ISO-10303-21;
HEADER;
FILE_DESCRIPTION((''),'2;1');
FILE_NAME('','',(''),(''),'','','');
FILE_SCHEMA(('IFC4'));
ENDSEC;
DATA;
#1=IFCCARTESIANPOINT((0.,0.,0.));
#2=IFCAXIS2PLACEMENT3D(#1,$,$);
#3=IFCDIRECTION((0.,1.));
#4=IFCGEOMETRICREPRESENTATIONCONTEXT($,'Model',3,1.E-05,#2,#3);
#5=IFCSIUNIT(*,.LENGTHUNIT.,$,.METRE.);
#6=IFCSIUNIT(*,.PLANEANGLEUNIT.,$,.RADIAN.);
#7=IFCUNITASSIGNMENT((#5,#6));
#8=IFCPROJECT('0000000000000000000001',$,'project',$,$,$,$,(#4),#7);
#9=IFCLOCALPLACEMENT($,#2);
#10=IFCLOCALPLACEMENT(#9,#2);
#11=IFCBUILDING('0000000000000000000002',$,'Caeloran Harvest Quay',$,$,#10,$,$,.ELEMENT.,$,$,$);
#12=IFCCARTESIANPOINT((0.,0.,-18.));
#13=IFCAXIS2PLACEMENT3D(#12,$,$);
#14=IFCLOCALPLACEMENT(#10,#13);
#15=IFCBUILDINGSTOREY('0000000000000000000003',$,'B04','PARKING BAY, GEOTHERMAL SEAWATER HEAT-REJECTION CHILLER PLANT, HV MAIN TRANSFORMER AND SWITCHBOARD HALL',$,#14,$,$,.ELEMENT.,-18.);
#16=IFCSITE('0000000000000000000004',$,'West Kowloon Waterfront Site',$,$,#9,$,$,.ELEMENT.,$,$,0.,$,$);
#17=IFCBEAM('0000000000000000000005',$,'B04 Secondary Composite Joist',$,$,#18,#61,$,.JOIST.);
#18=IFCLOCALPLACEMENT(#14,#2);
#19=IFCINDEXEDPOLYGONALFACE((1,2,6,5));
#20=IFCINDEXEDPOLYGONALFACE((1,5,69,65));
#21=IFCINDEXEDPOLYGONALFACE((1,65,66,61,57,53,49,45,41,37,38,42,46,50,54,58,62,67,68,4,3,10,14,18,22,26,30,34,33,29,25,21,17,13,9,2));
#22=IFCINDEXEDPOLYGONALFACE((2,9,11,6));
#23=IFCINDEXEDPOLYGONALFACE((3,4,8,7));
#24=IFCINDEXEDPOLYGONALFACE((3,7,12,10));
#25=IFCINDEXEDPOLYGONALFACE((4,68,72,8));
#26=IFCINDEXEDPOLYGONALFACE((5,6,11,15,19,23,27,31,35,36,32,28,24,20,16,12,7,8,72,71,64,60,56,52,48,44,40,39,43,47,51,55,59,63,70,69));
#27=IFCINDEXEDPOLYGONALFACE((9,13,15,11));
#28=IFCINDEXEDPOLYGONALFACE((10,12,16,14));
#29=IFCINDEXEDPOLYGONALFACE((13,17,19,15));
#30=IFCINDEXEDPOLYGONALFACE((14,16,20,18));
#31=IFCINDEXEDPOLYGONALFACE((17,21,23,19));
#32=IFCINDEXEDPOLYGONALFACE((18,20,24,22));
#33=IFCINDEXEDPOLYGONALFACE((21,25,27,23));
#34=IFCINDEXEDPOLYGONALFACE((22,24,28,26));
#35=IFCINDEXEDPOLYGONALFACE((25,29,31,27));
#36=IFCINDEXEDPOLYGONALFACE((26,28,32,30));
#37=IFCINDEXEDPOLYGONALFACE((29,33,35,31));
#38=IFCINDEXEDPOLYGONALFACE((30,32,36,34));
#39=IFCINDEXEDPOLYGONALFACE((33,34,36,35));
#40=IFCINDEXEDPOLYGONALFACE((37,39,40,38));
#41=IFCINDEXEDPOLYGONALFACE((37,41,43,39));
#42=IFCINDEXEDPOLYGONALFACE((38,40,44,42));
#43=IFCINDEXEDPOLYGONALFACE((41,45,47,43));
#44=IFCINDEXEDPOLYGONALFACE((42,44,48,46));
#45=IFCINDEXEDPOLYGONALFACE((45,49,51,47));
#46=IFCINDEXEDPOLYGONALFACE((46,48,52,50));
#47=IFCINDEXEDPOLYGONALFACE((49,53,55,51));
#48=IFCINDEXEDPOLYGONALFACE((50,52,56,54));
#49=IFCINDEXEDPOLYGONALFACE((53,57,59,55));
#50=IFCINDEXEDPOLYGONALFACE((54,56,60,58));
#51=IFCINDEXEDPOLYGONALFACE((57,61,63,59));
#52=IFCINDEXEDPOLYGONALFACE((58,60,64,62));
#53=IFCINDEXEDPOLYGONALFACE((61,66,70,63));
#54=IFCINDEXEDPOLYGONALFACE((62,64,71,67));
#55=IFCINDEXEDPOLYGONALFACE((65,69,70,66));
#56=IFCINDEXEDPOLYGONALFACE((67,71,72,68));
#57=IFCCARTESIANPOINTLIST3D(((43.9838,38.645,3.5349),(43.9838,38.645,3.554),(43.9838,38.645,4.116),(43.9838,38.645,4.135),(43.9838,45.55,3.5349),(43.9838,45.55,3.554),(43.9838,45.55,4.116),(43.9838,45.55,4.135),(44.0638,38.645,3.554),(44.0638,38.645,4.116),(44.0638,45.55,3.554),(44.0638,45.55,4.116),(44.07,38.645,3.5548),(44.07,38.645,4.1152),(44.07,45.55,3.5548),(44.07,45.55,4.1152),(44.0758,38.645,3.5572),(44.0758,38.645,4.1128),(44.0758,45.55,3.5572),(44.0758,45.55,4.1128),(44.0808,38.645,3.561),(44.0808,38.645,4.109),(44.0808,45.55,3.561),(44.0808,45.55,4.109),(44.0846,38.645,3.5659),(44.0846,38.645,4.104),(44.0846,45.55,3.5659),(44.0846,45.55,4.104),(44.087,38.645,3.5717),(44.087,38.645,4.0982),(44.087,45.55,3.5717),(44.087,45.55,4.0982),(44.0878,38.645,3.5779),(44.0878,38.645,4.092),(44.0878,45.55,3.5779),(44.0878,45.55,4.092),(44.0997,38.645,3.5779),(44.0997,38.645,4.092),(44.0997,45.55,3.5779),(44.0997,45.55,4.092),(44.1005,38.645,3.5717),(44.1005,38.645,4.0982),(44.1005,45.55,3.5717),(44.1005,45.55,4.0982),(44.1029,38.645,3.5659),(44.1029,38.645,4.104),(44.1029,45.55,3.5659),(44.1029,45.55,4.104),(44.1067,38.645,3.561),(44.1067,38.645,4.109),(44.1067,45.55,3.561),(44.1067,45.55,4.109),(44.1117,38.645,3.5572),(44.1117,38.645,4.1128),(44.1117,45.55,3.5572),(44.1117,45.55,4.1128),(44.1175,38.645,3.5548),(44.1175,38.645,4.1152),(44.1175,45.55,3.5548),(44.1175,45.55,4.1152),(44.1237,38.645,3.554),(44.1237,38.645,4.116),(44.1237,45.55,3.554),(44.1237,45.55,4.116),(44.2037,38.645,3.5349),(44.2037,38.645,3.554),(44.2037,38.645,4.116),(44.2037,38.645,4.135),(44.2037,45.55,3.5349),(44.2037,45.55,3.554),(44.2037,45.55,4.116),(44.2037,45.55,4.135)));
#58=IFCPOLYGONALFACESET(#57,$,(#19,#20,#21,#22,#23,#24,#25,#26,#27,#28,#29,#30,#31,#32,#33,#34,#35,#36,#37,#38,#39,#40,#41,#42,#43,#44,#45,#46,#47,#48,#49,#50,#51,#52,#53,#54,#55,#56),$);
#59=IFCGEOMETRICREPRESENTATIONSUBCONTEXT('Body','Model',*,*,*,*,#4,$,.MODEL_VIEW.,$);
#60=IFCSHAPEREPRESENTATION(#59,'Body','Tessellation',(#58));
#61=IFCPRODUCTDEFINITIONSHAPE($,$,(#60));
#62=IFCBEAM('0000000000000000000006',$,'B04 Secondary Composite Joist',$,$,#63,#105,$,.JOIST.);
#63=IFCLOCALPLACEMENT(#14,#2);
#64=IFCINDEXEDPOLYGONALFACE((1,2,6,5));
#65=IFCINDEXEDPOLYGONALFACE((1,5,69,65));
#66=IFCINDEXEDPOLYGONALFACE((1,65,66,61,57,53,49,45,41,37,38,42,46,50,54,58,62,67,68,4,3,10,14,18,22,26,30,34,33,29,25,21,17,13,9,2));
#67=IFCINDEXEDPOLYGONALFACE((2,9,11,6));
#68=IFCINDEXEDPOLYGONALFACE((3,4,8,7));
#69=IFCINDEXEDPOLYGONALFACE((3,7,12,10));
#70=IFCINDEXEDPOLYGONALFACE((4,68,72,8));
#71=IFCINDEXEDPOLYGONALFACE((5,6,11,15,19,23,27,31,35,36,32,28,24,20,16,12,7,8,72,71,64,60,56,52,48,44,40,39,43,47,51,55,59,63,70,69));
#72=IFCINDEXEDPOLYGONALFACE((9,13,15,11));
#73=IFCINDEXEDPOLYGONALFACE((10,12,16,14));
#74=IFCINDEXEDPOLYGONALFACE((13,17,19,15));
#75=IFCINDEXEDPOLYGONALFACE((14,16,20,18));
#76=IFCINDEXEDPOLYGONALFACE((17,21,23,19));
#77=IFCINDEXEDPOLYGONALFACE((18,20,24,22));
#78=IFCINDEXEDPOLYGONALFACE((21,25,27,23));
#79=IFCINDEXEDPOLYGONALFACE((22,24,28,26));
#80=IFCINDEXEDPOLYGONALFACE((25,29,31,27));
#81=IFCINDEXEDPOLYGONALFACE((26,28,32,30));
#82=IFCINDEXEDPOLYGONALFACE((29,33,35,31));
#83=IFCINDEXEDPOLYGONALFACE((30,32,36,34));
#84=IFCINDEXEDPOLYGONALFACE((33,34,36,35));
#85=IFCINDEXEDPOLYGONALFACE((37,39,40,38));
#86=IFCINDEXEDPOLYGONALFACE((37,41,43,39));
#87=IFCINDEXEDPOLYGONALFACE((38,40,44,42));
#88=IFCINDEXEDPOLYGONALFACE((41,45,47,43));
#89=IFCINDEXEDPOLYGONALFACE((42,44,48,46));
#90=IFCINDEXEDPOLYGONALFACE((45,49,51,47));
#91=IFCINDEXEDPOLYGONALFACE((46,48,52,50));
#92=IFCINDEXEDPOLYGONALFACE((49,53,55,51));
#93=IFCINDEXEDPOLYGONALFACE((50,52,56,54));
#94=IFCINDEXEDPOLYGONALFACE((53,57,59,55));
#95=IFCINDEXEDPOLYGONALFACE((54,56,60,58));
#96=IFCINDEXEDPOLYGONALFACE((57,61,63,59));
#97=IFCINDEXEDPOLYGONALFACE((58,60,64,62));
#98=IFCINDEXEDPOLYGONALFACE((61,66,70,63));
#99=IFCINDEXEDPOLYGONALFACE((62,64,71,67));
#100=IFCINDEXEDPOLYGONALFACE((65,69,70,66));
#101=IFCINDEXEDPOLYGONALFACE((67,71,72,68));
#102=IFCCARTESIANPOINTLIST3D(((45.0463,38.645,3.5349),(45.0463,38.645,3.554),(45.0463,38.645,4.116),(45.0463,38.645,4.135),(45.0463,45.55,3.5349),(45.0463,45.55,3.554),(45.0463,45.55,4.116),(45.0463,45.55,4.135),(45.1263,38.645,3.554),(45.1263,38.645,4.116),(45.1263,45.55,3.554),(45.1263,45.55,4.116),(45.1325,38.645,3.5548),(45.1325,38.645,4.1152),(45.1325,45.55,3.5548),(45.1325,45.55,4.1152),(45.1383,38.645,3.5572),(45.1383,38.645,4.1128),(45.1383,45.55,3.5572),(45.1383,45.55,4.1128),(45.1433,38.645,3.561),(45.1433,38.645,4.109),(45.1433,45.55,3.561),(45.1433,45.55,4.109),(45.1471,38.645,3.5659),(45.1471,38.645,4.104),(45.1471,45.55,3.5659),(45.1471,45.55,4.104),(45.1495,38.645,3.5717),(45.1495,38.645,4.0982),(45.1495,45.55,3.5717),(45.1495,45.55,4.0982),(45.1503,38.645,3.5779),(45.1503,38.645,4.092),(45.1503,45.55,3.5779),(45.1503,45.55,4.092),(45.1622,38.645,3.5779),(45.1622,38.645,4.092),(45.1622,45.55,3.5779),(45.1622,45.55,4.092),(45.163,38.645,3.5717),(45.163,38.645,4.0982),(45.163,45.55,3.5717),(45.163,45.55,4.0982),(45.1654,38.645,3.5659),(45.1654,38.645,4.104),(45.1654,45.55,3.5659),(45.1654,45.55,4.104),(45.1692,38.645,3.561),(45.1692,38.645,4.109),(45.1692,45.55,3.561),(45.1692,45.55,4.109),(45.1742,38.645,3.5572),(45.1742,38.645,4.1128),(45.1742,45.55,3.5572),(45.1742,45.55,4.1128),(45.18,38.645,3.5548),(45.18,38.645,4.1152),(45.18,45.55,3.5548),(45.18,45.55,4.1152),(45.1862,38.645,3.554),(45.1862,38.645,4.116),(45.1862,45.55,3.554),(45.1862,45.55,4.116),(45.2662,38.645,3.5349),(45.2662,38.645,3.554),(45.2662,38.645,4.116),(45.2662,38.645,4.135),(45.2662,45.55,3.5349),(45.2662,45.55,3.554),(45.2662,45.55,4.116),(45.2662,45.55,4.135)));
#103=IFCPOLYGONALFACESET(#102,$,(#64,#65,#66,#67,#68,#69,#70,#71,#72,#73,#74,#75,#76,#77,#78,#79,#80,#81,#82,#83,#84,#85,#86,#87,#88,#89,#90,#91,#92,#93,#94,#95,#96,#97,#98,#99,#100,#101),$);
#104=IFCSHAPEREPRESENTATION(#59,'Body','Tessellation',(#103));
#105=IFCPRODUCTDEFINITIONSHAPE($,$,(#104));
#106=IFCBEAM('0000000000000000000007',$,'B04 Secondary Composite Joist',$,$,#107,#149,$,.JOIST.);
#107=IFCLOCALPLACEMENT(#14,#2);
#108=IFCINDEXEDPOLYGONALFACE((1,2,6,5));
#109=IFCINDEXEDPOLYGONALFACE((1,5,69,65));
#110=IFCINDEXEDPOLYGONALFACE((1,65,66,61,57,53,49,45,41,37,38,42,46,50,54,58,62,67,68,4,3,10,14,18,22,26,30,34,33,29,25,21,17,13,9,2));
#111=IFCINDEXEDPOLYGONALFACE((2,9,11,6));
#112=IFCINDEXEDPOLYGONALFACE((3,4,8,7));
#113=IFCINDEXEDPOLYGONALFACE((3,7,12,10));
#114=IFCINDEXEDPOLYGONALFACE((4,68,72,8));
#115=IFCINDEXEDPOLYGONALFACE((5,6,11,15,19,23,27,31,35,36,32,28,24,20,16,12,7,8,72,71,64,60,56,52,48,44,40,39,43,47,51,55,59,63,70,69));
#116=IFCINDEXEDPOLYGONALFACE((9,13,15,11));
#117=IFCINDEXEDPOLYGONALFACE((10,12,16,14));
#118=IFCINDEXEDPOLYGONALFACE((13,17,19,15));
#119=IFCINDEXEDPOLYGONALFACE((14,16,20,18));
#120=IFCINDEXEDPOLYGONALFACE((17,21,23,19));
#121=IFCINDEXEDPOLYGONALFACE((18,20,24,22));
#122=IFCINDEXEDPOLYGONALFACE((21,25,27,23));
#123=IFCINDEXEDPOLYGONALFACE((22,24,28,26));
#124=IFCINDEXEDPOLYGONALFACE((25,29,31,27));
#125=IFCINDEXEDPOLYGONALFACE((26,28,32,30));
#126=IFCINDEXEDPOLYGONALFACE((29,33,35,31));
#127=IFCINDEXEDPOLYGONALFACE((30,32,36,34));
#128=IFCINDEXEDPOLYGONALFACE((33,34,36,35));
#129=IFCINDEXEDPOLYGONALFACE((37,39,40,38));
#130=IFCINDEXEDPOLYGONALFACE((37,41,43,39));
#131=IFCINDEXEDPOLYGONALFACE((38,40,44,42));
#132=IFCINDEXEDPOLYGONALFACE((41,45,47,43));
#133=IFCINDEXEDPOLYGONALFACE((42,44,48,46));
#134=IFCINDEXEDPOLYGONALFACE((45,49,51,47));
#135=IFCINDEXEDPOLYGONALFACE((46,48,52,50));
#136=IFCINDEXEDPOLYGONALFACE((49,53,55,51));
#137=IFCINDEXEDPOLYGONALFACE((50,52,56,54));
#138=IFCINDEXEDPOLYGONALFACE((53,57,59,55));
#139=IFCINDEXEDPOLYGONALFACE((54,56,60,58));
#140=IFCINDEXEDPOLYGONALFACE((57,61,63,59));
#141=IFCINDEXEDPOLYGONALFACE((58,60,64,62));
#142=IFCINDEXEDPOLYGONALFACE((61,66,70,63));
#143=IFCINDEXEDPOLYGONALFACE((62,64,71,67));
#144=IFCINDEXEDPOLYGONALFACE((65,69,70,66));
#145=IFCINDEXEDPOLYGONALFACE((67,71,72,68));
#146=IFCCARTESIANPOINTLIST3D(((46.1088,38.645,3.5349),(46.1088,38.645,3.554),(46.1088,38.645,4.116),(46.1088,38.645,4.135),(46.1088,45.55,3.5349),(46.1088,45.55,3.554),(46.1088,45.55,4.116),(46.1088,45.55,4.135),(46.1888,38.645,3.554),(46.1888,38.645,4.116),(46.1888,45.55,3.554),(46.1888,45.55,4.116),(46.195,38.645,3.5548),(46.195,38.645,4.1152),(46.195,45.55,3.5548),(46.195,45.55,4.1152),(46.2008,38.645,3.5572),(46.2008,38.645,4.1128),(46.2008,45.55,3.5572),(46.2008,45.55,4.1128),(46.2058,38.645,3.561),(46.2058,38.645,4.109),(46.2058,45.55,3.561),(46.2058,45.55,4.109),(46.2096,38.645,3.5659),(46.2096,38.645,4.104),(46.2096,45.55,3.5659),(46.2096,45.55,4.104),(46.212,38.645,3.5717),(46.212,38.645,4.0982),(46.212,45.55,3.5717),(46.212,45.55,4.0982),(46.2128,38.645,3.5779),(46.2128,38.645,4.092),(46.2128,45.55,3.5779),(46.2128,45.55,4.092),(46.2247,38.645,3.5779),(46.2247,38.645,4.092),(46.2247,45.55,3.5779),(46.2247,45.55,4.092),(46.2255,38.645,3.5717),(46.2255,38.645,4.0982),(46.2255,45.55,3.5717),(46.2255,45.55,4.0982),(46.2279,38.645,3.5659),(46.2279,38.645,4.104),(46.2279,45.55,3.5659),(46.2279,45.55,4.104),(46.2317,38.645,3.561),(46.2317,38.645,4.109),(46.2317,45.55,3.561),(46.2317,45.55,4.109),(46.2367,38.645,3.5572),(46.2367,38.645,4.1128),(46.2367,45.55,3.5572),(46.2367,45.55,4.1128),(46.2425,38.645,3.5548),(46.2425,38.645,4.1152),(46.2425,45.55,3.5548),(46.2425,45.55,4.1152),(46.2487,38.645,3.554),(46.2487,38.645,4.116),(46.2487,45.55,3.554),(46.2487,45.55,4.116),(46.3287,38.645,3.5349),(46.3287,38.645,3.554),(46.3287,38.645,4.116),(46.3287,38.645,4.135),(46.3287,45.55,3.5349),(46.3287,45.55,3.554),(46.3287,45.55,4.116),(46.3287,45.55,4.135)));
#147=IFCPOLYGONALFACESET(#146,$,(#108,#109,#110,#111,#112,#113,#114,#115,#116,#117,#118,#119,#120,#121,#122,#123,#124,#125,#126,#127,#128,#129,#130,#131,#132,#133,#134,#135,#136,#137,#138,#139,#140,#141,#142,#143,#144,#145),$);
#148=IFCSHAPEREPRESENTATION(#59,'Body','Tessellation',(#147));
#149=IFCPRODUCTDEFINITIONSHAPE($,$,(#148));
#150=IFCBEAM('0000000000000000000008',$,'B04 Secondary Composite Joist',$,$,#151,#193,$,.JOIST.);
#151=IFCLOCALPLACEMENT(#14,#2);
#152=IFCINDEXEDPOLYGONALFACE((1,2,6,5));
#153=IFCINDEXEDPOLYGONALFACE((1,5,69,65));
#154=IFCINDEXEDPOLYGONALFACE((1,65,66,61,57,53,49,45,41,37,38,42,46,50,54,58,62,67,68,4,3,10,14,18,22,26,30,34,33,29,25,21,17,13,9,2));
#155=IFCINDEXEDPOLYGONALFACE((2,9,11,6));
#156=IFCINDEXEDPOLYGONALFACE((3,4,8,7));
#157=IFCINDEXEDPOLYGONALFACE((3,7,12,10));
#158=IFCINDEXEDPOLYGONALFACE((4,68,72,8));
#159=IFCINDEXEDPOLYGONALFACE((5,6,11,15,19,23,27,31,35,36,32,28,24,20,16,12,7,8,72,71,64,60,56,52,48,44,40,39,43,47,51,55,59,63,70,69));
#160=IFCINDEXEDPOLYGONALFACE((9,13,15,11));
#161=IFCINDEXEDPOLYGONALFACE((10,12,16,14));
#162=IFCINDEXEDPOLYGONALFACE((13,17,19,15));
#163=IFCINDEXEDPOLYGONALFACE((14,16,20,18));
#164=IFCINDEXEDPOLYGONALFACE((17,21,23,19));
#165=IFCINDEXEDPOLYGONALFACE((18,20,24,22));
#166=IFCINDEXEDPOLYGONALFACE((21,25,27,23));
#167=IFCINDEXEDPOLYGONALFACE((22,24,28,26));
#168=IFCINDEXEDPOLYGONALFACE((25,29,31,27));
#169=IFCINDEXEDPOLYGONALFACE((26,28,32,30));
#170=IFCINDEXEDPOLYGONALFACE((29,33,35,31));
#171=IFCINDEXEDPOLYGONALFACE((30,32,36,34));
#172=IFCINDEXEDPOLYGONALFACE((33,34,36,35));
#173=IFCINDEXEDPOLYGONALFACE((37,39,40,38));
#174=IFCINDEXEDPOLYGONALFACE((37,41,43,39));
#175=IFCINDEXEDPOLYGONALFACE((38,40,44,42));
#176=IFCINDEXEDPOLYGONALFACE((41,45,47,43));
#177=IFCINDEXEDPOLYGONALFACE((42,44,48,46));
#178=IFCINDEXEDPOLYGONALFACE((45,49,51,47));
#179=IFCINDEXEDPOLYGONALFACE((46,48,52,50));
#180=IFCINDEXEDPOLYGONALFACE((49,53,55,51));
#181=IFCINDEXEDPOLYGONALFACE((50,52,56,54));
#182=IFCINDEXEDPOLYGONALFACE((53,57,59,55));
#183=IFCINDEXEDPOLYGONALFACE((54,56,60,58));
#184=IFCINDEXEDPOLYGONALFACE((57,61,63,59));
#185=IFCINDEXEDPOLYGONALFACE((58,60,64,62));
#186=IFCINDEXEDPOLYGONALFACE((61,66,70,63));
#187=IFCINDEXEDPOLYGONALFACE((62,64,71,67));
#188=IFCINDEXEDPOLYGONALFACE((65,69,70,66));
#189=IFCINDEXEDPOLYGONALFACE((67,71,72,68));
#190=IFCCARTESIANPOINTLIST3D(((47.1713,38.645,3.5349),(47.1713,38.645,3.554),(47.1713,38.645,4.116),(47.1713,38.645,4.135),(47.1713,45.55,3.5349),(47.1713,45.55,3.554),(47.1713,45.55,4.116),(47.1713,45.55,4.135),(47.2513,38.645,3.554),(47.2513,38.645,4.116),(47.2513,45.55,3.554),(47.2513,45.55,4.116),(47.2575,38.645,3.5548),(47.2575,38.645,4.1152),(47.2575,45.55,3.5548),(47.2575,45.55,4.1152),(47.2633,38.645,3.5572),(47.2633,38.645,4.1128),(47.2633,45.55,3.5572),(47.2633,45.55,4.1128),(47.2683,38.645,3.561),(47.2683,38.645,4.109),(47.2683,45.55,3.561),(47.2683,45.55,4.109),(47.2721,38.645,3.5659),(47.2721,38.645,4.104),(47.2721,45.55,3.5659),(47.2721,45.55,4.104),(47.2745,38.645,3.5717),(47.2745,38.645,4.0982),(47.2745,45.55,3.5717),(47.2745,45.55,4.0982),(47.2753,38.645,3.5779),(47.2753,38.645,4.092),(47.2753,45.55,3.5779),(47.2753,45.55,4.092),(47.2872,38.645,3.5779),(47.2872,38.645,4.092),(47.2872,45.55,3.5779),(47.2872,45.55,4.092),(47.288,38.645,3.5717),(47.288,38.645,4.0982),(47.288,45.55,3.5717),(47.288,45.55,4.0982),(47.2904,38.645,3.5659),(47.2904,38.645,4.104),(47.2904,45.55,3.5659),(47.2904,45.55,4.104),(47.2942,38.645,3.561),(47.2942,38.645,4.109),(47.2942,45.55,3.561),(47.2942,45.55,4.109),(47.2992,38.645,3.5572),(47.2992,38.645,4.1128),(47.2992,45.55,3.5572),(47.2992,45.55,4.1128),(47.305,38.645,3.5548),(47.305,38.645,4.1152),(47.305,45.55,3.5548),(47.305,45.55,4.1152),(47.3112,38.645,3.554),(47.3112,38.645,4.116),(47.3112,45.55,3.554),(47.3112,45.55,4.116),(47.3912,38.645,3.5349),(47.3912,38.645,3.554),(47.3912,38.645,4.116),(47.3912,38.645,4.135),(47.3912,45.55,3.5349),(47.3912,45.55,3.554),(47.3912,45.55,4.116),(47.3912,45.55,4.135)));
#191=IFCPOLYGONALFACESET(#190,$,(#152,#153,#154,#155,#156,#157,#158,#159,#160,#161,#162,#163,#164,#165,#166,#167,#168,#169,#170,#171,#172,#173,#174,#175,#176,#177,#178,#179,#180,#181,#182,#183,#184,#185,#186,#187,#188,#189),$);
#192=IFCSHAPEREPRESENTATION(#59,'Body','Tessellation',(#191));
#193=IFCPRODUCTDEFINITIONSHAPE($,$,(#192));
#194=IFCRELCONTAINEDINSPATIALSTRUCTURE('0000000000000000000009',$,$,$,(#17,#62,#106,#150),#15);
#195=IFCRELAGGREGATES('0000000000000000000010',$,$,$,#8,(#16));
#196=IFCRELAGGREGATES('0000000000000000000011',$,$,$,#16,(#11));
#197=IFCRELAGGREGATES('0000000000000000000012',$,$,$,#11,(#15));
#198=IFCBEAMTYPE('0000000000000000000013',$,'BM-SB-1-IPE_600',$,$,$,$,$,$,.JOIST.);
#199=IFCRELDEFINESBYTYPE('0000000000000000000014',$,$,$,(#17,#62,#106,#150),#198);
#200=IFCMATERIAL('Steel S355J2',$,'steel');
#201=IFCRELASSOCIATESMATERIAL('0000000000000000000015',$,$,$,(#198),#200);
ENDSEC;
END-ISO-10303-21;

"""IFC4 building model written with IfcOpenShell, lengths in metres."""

from ifc_helpers import new_model, si_unit, direction, frame, origin, origin_2d, place, context, subcontext, project, spatial, i_section, extrude, material, material_profile, profile_set, type_object, element, save


model = new_model("IFC4")

# Units and contexts
model_context = context("Model", 3, precision=1e-05, world=origin(), true_north=direction((0.0, 1.0)))
body_context = subcontext(model_context, "Body", "Model", "MODEL_VIEW")
ifc_project = project(units=[si_unit("LENGTHUNIT", "METRE"), si_unit("PLANEANGLEUNIT", "RADIAN")], contexts=[model_context])

# Site, building, storey
site_placement = place(None, origin())
site = spatial("IfcSite", under=ifc_project, at=site_placement, Name="West Kowloon Waterfront Site", CompositionType="ELEMENT", RefElevation=0.0)
building_placement = place(site_placement, origin())
building = spatial("IfcBuilding", under=site, at=building_placement, Name="Caeloran Harvest Quay", CompositionType="ELEMENT")
storey_placement = place(building_placement, frame((0.0, 0.0, -18.0)))
storey = spatial("IfcBuildingStorey", under=building, at=storey_placement, Name="B04", Description="PARKING BAY, GEOTHERMAL SEAWATER HEAT-REJECTION CHILLER PLANT, HV MAIN TRANSFORMER AND SWITCHBOARD HALL", CompositionType="ELEMENT", Elevation=-18.0)

# Beams
ifc_material_1 = material(Name="Steel S355J2", Category="steel")
ifc_material_profile_1 = material_profile(ifc_material_1, i_section(OverallWidth=0.22, OverallDepth=0.6001, WebThickness=0.012, FlangeThickness=0.019, FilletRadius=0.0239, at=origin_2d()), Name="IPE 600")
ifc_profile_set_1 = profile_set([ifc_material_profile_1], Name="Steel S355J2")
beam_type_1 = type_object("IfcBeamType", Name="BM-SB-1-IPE_600", PredefinedType="JOIST", material=ifc_profile_set_1)
for number, where, z_axis, x_axis, name in (
    (1, (44.0938, 38.645, 3.835), (0.0, 1.0, 0.0), (-1.0, 0.0, 0.0), "B04 Secondary Composite Joist"),
    (2, (45.1562, 38.645, 3.835), (0.0, 1.0, 0.0), (-1.0, 0.0, 0.0), "B04 Secondary Composite Joist"),
    (3, (46.2188, 38.645, 3.835), (0.0, 1.0, 0.0), (-1.0, 0.0, 0.0), "B04 Secondary Composite Joist"),
    (4, (47.2812, 38.645, 3.835), (0.0, 1.0, 0.0), (-1.0, 0.0, 0.0), "B04 Secondary Composite Joist"),
):
    element("IfcBeam", number, at=place(storey_placement, frame(where, z_axis=z_axis, x_axis=x_axis)), inside=storey, type_object=beam_type_1, Name=name, PredefinedType="JOIST", context=body_context, shape_type="SweptSolid", body=[
        extrude(i_section(OverallWidth=0.22, OverallDepth=0.6001, WebThickness=0.012, FlangeThickness=0.019, FilletRadius=0.0239, at=origin_2d()), origin(), (0.0, 0.0, 1.0), 6.905),
    ])

save(model, "model.ifc")
